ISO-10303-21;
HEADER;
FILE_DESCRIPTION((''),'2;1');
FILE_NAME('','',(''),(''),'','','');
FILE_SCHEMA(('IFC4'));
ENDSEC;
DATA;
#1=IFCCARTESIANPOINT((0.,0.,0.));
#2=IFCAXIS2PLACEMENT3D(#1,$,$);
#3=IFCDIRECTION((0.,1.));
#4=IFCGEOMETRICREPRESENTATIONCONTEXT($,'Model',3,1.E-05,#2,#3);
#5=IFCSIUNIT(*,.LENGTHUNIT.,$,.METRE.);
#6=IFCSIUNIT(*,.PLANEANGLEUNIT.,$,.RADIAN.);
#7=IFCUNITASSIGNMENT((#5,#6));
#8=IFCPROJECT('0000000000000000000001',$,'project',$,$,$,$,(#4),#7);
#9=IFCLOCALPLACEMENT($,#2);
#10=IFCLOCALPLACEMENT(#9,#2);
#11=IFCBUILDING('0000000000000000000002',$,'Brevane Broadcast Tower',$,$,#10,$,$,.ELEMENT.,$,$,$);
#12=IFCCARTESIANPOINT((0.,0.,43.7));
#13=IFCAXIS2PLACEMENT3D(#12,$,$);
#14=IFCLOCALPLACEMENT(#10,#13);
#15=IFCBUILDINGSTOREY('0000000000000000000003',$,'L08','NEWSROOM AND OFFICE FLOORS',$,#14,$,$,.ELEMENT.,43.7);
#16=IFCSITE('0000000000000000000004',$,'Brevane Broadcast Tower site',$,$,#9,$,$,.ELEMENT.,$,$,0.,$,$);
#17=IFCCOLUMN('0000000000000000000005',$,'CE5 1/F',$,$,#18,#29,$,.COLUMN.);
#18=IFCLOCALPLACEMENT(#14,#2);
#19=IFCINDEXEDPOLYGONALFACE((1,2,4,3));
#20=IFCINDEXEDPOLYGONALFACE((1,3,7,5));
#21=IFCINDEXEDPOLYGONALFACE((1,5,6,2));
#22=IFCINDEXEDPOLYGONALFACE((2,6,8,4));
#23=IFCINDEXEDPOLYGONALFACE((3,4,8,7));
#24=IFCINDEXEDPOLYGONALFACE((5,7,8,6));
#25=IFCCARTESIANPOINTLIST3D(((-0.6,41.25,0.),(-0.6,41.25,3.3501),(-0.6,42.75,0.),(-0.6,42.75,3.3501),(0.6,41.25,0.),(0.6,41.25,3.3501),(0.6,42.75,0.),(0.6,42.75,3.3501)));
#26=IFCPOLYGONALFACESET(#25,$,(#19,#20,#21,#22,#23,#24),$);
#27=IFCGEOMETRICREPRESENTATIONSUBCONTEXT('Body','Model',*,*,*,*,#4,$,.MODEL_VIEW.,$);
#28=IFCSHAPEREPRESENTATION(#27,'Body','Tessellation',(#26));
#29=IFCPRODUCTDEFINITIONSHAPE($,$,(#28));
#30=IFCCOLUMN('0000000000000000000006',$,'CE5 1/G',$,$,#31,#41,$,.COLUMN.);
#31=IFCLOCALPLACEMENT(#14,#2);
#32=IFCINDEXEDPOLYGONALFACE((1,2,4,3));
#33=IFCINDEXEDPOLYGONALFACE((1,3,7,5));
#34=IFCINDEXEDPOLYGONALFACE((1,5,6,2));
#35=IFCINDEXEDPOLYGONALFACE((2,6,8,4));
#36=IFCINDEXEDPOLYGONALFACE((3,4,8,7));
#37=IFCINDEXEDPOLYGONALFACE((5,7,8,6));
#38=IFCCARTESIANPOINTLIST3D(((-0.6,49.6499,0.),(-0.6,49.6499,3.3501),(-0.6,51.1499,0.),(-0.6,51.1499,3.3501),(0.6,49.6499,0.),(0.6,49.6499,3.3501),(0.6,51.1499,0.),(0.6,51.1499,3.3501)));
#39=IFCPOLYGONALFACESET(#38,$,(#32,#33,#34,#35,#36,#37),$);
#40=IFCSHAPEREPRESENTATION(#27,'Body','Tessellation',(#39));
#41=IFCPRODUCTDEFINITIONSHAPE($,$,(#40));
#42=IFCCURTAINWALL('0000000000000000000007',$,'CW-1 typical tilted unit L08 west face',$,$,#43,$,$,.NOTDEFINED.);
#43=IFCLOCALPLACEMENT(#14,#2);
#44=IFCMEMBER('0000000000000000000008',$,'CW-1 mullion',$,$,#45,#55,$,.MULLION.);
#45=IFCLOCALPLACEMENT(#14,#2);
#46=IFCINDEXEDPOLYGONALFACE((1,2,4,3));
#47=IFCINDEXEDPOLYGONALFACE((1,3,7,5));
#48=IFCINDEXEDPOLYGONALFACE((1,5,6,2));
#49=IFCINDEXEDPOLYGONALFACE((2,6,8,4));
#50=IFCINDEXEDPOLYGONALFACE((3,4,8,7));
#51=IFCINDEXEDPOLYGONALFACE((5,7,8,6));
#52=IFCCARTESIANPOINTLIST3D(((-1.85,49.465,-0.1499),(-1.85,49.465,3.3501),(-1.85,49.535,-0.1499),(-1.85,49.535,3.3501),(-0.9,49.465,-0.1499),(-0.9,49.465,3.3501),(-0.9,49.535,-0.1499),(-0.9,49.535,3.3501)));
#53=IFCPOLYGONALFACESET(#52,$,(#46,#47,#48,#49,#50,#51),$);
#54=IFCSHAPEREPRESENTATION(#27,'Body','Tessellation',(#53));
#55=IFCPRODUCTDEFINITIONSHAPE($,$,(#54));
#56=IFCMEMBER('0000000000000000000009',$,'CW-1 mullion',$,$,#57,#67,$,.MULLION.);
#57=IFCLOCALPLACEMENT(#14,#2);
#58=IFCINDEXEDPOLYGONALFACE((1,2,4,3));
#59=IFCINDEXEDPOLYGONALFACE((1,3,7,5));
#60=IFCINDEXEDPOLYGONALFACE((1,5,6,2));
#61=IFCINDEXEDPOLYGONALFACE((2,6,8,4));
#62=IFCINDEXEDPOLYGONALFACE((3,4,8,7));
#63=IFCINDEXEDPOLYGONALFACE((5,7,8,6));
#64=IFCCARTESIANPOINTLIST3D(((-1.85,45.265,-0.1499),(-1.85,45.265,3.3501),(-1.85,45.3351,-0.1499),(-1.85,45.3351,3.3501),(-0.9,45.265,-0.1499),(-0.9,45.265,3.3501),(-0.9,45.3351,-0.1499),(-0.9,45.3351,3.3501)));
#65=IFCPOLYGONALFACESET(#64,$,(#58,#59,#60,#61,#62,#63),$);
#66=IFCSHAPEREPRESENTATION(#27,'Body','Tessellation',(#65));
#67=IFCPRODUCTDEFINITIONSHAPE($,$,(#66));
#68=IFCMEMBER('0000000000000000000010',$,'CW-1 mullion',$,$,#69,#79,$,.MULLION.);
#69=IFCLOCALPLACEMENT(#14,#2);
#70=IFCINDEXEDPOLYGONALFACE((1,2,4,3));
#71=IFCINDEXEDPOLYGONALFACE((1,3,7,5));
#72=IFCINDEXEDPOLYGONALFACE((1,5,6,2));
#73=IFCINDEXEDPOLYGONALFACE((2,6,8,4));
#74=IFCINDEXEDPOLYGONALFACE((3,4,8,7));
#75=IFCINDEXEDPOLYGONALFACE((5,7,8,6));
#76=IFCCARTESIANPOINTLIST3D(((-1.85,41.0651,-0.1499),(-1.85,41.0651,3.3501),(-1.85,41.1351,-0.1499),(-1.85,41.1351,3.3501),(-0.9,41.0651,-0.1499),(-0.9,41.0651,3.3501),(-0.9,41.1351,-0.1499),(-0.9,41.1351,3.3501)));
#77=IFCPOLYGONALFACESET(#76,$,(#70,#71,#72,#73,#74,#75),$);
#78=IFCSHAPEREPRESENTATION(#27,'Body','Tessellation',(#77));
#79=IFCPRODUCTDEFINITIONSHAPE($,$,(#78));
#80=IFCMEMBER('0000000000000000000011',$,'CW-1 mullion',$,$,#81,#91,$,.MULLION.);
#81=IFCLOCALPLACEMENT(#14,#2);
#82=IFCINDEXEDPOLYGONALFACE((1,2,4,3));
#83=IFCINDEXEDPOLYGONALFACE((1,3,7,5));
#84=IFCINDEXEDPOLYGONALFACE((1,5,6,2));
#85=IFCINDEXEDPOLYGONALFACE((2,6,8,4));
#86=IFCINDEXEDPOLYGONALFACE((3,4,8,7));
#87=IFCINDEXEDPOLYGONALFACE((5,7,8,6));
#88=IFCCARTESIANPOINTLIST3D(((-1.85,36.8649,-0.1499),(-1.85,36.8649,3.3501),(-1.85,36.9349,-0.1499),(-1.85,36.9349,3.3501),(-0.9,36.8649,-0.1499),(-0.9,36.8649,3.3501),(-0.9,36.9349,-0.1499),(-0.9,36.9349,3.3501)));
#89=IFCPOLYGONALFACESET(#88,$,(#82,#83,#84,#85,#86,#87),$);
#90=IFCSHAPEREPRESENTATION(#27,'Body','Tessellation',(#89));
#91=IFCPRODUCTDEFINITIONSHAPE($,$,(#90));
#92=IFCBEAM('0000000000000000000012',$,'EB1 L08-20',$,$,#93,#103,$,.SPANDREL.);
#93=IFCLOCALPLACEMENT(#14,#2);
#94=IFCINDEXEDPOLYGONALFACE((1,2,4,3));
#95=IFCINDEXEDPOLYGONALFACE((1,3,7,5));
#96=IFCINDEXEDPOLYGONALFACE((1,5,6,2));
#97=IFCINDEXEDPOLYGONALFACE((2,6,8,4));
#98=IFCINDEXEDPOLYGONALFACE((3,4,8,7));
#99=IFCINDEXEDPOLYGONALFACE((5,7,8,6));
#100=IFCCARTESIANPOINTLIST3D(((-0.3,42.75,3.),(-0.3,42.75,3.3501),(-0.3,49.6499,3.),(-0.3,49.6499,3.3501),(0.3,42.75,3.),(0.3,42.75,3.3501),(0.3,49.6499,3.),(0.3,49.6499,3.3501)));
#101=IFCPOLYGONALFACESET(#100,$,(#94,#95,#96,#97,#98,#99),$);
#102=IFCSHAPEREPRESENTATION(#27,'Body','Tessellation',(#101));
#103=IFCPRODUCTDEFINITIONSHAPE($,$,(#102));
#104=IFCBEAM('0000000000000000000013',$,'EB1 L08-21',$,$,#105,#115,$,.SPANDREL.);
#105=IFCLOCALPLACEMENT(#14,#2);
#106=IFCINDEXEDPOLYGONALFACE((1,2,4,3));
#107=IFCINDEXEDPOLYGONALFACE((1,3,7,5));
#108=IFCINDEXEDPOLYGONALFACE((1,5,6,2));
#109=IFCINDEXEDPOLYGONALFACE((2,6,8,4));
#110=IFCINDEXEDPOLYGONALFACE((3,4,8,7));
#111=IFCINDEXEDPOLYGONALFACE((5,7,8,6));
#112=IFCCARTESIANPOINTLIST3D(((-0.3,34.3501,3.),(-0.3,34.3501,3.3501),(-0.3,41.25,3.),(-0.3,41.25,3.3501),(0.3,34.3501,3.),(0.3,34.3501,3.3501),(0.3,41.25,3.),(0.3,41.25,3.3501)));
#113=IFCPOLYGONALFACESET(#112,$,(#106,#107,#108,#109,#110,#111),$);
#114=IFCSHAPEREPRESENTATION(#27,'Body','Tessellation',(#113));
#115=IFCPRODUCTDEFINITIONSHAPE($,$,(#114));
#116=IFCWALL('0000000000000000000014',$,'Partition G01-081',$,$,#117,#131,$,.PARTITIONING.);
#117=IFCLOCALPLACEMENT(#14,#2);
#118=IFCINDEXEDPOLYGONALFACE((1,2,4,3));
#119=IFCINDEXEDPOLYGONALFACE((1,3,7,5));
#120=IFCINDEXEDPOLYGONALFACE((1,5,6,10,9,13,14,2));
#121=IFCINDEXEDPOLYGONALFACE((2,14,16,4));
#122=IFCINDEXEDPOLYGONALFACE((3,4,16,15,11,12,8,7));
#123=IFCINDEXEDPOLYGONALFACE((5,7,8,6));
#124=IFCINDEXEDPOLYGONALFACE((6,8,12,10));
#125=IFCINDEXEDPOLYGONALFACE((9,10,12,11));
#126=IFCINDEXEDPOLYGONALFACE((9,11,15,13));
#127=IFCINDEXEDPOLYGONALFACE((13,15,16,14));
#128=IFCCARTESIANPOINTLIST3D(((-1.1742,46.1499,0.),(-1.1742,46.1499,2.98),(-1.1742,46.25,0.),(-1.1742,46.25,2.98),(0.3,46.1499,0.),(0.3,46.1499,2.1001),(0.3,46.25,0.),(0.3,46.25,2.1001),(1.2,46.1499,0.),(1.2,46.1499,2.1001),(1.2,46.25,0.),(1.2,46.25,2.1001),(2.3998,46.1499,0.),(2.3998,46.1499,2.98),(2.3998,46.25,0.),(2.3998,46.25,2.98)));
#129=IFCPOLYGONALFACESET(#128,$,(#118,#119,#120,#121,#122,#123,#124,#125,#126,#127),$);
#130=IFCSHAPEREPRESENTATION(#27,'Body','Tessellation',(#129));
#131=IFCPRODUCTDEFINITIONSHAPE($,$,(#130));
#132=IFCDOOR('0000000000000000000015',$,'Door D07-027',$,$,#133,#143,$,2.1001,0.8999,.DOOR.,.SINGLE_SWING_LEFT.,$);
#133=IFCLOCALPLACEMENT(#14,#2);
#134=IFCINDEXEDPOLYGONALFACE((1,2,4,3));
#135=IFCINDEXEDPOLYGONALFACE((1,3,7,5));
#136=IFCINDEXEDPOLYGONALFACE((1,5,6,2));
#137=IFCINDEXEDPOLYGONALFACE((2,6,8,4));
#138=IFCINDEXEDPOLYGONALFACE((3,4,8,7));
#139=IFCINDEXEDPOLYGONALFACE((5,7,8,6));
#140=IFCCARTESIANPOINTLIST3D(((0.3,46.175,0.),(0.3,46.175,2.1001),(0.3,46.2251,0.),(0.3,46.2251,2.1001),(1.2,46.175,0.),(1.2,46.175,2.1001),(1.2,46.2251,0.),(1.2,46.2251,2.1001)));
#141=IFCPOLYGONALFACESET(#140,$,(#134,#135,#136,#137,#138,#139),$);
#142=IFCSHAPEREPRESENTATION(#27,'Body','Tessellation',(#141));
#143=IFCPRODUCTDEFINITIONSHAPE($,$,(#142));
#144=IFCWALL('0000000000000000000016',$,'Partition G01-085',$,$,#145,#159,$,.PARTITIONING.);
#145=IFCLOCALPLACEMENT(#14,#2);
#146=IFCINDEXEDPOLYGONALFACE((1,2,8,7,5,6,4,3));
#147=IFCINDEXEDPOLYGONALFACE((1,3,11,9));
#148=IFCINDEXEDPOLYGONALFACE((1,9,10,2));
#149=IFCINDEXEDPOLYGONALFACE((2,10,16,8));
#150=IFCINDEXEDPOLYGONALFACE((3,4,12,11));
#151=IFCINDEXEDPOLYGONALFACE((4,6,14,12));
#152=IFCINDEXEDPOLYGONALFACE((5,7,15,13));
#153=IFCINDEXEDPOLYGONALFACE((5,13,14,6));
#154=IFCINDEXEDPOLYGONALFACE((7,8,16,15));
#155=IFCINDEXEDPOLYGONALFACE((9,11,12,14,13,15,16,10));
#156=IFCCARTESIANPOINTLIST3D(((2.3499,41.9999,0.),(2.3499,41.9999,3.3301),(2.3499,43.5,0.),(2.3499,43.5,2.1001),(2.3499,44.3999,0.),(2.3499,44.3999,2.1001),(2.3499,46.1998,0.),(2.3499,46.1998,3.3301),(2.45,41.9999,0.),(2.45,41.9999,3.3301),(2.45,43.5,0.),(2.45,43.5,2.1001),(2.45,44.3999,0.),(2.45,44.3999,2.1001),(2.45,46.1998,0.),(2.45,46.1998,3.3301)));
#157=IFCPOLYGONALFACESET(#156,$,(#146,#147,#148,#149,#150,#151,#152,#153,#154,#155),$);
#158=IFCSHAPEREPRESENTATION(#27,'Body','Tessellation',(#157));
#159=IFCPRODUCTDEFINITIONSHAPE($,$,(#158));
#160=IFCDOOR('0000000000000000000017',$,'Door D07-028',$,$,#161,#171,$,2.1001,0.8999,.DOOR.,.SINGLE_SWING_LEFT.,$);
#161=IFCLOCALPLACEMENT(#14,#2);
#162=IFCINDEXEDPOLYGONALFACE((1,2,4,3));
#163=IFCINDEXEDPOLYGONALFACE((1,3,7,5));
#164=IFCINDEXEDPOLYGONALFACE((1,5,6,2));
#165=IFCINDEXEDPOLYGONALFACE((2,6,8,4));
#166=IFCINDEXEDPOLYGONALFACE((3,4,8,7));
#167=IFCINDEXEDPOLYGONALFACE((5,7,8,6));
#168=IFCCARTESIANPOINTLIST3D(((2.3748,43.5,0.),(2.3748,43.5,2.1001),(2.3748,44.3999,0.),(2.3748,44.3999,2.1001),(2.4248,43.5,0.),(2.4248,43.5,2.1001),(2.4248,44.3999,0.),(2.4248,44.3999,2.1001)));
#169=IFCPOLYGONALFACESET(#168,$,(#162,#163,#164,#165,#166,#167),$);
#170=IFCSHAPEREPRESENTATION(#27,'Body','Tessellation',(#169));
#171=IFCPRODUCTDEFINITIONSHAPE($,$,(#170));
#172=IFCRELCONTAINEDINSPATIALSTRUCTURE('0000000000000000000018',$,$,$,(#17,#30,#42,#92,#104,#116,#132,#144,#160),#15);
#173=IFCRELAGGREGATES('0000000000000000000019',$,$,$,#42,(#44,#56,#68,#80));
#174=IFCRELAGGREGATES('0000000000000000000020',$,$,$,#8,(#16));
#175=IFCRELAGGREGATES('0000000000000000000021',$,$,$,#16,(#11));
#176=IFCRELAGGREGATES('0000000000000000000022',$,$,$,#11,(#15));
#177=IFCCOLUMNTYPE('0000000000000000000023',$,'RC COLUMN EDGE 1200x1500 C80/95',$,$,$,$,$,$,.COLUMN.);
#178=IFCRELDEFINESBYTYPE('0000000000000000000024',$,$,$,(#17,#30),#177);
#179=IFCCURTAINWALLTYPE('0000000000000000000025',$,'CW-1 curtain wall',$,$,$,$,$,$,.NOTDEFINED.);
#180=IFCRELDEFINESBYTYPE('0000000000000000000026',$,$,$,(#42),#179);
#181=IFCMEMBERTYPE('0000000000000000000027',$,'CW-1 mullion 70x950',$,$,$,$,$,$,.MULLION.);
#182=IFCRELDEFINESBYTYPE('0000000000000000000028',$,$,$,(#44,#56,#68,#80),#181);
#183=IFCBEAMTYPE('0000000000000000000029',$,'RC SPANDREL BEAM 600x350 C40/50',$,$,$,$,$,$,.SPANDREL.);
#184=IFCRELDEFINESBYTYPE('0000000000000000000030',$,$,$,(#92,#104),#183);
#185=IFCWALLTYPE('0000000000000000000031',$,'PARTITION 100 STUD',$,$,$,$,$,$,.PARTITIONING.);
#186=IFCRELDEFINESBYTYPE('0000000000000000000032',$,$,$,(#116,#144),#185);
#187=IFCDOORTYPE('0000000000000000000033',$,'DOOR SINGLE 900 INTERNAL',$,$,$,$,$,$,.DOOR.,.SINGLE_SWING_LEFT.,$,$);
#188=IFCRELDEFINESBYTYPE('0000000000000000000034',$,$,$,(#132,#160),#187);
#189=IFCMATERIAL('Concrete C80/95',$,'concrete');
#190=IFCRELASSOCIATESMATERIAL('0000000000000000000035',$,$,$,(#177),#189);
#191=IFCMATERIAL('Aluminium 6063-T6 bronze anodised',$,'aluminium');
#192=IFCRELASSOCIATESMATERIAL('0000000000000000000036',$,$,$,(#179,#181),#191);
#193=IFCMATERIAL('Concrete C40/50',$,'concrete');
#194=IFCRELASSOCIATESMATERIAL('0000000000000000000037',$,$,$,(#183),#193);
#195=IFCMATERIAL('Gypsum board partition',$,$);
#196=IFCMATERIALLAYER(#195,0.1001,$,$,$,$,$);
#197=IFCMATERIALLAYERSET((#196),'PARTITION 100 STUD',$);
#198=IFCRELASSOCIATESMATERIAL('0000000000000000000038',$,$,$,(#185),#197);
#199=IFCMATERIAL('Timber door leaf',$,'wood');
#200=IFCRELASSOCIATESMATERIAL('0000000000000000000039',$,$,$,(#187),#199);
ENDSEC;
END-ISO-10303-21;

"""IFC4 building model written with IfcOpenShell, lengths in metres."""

from ifc_helpers import new_model, si_unit, direction, frame, frame_2d, origin, origin_2d, place, context, subcontext, project, spatial, rectangle, extrude, material, layer, layer_set, material_profile, profile_set, type_object, element, fill, aggregate, save


model = new_model("IFC4")

# Units and contexts
model_context = context("Model", 3, precision=1e-05, world=origin(), true_north=direction((0.0, 1.0)))
body_context = subcontext(model_context, "Body", "Model", "MODEL_VIEW")
ifc_project = project(units=[si_unit("LENGTHUNIT", "METRE"), si_unit("PLANEANGLEUNIT", "RADIAN")], contexts=[model_context])

# Site, building, storey
site_placement = place(None, origin())
site = spatial("IfcSite", under=ifc_project, at=site_placement, Name="Brevane Broadcast Tower site", CompositionType="ELEMENT", RefElevation=0.0)
building_placement = place(site_placement, origin())
building = spatial("IfcBuilding", under=site, at=building_placement, Name="Brevane Broadcast Tower", CompositionType="ELEMENT")
storey_placement = place(building_placement, frame((0.0, 0.0, 43.7)))
storey = spatial("IfcBuildingStorey", under=building, at=storey_placement, Name="L08", Description="NEWSROOM AND OFFICE FLOORS", CompositionType="ELEMENT", Elevation=43.7)

# Columns
ifc_material_1 = material(Name="Concrete C80/95", Category="concrete")
ifc_material_profile_1 = material_profile(ifc_material_1, rectangle(XDim=1.2, YDim=1.5, at=origin_2d()), Name="RC 1200x1500")
ifc_profile_set_1 = profile_set([ifc_material_profile_1], Name="Concrete C80/95")
column_type = type_object("IfcColumnType", Name="RC COLUMN EDGE 1200x1500 C80/95", PredefinedType="COLUMN", material=ifc_profile_set_1)
for number, where, z_axis, x_axis, name in (
    (1, (0.0, 42.0, 0.0), (0.0, 0.0, 1.0), (1.0, 0.0, 0.0), "CE5 1/F"),
    (2, (0.0, 50.3999, 0.0), (0.0, 0.0, 1.0), (1.0, 0.0, 0.0), "CE5 1/G"),
):
    element("IfcColumn", number, at=place(storey_placement, frame(where, z_axis=z_axis, x_axis=x_axis)), inside=storey, type_object=column_type, Name=name, PredefinedType="COLUMN", context=body_context, shape_type="SweptSolid", body=[
        extrude(rectangle(XDim=1.2, YDim=1.5, at=origin_2d()), origin(), (0.0, 0.0, 1.0), 3.3501),
    ])

# Curtain wall, members
ifc_material_2 = material(Name="Aluminium 6063-T6 bronze anodised", Category="aluminium")
curtain_wall_type = type_object("IfcCurtainWallType", Name="CW-1 curtain wall", PredefinedType="NOTDEFINED", material=ifc_material_2)
curtain_wall_placement = place(storey_placement, origin())
curtain_wall = element("IfcCurtainWall", 3, at=curtain_wall_placement, inside=storey, type_object=curtain_wall_type, Name="CW-1 typical tilted unit L08 west face", PredefinedType="NOTDEFINED")
ifc_material_profile_2 = material_profile(ifc_material_2, rectangle(XDim=0.95, YDim=0.0701, at=origin_2d()), Name="RECT 70x950")
ifc_profile_set_2 = profile_set([ifc_material_profile_2], Name="Aluminium 6063-T6 bronze anodised")
member_type = type_object("IfcMemberType", Name="CW-1 mullion 70x950", PredefinedType="MULLION", material=ifc_profile_set_2)
member_1_placement = place(storey_placement, frame((-1.375, 49.5, -0.1499), z_axis=(0.0, 0.0, 1.0), x_axis=(1.0, 0.0, 0.0)))
member_1 = element("IfcMember", 4, at=member_1_placement, type_object=member_type, Name="CW-1 mullion", PredefinedType="MULLION", context=body_context, shape_type="SweptSolid", body=[
    extrude(rectangle(XDim=0.95, YDim=0.0701, at=origin_2d()), origin(), (0.0, 0.0, 1.0), 3.5),
])
member_2_placement = place(storey_placement, frame((-1.375, 45.3, -0.1499), z_axis=(0.0, 0.0, 1.0), x_axis=(1.0, 0.0, 0.0)))
member_2 = element("IfcMember", 5, at=member_2_placement, type_object=member_type, Name="CW-1 mullion", PredefinedType="MULLION", context=body_context, shape_type="SweptSolid", body=[
    extrude(rectangle(XDim=0.95, YDim=0.0701, at=origin_2d()), origin(), (0.0, 0.0, 1.0), 3.5),
])
member_3_placement = place(storey_placement, frame((-1.375, 41.1001, -0.1499), z_axis=(0.0, 0.0, 1.0), x_axis=(1.0, 0.0, 0.0)))
member_3 = element("IfcMember", 6, at=member_3_placement, type_object=member_type, Name="CW-1 mullion", PredefinedType="MULLION", context=body_context, shape_type="SweptSolid", body=[
    extrude(rectangle(XDim=0.95, YDim=0.0701, at=origin_2d()), origin(), (0.0, 0.0, 1.0), 3.5),
])
member_4_placement = place(storey_placement, frame((-1.375, 36.8999, -0.1499), z_axis=(0.0, 0.0, 1.0), x_axis=(1.0, 0.0, 0.0)))
member_4 = element("IfcMember", 7, at=member_4_placement, type_object=member_type, Name="CW-1 mullion", PredefinedType="MULLION", context=body_context, shape_type="SweptSolid", body=[
    extrude(rectangle(XDim=0.95, YDim=0.0701, at=origin_2d()), origin(), (0.0, 0.0, 1.0), 3.5),
])
aggregate(curtain_wall, [member_1, member_2, member_3, member_4])

# Beams
ifc_material_3 = material(Name="Concrete C40/50", Category="concrete")
ifc_material_profile_3 = material_profile(ifc_material_3, rectangle(XDim=0.6001, YDim=0.3501, at=origin_2d()), Name="RC 600x350")
ifc_profile_set_3 = profile_set([ifc_material_profile_3], Name="Concrete C40/50")
beam_type = type_object("IfcBeamType", Name="RC SPANDREL BEAM 600x350 C40/50", PredefinedType="SPANDREL", material=ifc_profile_set_3)
for number, where, z_axis, x_axis, name in (
    (8, (0.0, 49.6499, 3.175), (0.0, -1.0, 0.0), (1.0, 0.0, 0.0), "EB1 L08-20"),
    (9, (0.0, 41.25, 3.175), (0.0, -1.0, 0.0), (1.0, 0.0, 0.0), "EB1 L08-21"),
):
    element("IfcBeam", number, at=place(storey_placement, frame(where, z_axis=z_axis, x_axis=x_axis)), inside=storey, type_object=beam_type, Name=name, PredefinedType="SPANDREL", context=body_context, shape_type="SweptSolid", body=[
        extrude(rectangle(XDim=0.6001, YDim=0.3501, at=origin_2d()), origin(), (0.0, 0.0, 1.0), 6.8999),
    ])

# Walls, openings, doors
ifc_material_4 = material(Name="Gypsum board partition")
ifc_layer_1 = layer(ifc_material_4, 0.1001)
ifc_layer_set_1 = layer_set([ifc_layer_1], Name="PARTITION 100 STUD")
wall_type_1 = type_object("IfcWallType", Name="PARTITION 100 STUD", PredefinedType="PARTITIONING", material=ifc_layer_set_1)
wall_1_placement = place(storey_placement, frame((2.3999, 46.2, 0.0), z_axis=(0.0, 0.0, 1.0), x_axis=(-1.0, 0.0, 0.0)))
wall_1 = element("IfcWall", 10, at=wall_1_placement, inside=storey, type_object=wall_type_1, Name="Partition G01-081", PredefinedType="PARTITIONING", context=body_context, shape_type="SweptSolid", body=[
    extrude(rectangle(XDim=3.574, YDim=0.1001, at=frame_2d((1.7871, 0.0))), origin(), (0.0, 0.0, 1.0), 2.98),
])
opening_1_placement = place(wall_1_placement, frame((1.2, 0.0, 0.0)))
opening_1 = element("IfcOpeningElement", 11, at=opening_1_placement, cuts=wall_1, PredefinedType="OPENING", context=body_context, shape_type="SweptSolid", body=[
    extrude(rectangle(XDim=0.8999, YDim=2.1001, at=frame_2d((0.45, 1.05))), frame((0.0, 0.0601, 0.0), z_axis=(0.0, -1.0, 0.0), x_axis=(1.0, 0.0, 0.0)), (0.0, 0.0, 1.0), 0.1201),
])
ifc_material_5 = material(Name="Timber door leaf", Category="wood")
door_type = type_object("IfcDoorType", Name="DOOR SINGLE 900 INTERNAL", OperationType="SINGLE_SWING_LEFT", PredefinedType="DOOR", material=ifc_material_5)
door_1_placement = place(opening_1_placement, origin())
door_1 = element("IfcDoor", 12, at=door_1_placement, inside=storey, type_object=door_type, Name="Door D07-027", OperationType="SINGLE_SWING_LEFT", OverallHeight=2.1001, OverallWidth=0.8999, PredefinedType="DOOR", context=body_context, shape_type="SweptSolid", body=[
    extrude(rectangle(XDim=0.8999, YDim=2.1001, at=frame_2d((0.45, 1.05))), frame((0.0, 0.0249, 0.0), z_axis=(0.0, -1.0, 0.0), x_axis=(1.0, 0.0, 0.0)), (0.0, 0.0, 1.0), 0.05),
])
fill(opening_1, door_1)
wall_2_placement = place(storey_placement, frame((2.3999, 46.2, 0.0), z_axis=(0.0, 0.0, 1.0), x_axis=(0.0, -1.0, 0.0)))
wall_2 = element("IfcWall", 13, at=wall_2_placement, inside=storey, type_object=wall_type_1, Name="Partition G01-085", PredefinedType="PARTITIONING", context=body_context, shape_type="SweptSolid", body=[
    extrude(rectangle(XDim=4.2, YDim=0.1001, at=frame_2d((2.1001, 0.0))), origin(), (0.0, 0.0, 1.0), 3.3301),
])
opening_2_placement = place(wall_2_placement, frame((1.8, 0.0, 0.0)))
opening_2 = element("IfcOpeningElement", 14, at=opening_2_placement, cuts=wall_2, PredefinedType="OPENING", context=body_context, shape_type="SweptSolid", body=[
    extrude(rectangle(XDim=0.8999, YDim=2.1001, at=frame_2d((0.45, 1.05))), frame((0.0, 0.0601, 0.0), z_axis=(0.0, -1.0, 0.0), x_axis=(1.0, 0.0, 0.0)), (0.0, 0.0, 1.0), 0.1201),
])
door_2_placement = place(opening_2_placement, origin())
door_2 = element("IfcDoor", 15, at=door_2_placement, inside=storey, type_object=door_type, Name="Door D07-028", OperationType="SINGLE_SWING_LEFT", OverallHeight=2.1001, OverallWidth=0.8999, PredefinedType="DOOR", context=body_context, shape_type="SweptSolid", body=[
    extrude(rectangle(XDim=0.8999, YDim=2.1001, at=frame_2d((0.45, 1.05))), frame((0.0, 0.0249, 0.0), z_axis=(0.0, -1.0, 0.0), x_axis=(1.0, 0.0, 0.0)), (0.0, 0.0, 1.0), 0.05),
])
fill(opening_2, door_2)

save(model, "model.ifc")
